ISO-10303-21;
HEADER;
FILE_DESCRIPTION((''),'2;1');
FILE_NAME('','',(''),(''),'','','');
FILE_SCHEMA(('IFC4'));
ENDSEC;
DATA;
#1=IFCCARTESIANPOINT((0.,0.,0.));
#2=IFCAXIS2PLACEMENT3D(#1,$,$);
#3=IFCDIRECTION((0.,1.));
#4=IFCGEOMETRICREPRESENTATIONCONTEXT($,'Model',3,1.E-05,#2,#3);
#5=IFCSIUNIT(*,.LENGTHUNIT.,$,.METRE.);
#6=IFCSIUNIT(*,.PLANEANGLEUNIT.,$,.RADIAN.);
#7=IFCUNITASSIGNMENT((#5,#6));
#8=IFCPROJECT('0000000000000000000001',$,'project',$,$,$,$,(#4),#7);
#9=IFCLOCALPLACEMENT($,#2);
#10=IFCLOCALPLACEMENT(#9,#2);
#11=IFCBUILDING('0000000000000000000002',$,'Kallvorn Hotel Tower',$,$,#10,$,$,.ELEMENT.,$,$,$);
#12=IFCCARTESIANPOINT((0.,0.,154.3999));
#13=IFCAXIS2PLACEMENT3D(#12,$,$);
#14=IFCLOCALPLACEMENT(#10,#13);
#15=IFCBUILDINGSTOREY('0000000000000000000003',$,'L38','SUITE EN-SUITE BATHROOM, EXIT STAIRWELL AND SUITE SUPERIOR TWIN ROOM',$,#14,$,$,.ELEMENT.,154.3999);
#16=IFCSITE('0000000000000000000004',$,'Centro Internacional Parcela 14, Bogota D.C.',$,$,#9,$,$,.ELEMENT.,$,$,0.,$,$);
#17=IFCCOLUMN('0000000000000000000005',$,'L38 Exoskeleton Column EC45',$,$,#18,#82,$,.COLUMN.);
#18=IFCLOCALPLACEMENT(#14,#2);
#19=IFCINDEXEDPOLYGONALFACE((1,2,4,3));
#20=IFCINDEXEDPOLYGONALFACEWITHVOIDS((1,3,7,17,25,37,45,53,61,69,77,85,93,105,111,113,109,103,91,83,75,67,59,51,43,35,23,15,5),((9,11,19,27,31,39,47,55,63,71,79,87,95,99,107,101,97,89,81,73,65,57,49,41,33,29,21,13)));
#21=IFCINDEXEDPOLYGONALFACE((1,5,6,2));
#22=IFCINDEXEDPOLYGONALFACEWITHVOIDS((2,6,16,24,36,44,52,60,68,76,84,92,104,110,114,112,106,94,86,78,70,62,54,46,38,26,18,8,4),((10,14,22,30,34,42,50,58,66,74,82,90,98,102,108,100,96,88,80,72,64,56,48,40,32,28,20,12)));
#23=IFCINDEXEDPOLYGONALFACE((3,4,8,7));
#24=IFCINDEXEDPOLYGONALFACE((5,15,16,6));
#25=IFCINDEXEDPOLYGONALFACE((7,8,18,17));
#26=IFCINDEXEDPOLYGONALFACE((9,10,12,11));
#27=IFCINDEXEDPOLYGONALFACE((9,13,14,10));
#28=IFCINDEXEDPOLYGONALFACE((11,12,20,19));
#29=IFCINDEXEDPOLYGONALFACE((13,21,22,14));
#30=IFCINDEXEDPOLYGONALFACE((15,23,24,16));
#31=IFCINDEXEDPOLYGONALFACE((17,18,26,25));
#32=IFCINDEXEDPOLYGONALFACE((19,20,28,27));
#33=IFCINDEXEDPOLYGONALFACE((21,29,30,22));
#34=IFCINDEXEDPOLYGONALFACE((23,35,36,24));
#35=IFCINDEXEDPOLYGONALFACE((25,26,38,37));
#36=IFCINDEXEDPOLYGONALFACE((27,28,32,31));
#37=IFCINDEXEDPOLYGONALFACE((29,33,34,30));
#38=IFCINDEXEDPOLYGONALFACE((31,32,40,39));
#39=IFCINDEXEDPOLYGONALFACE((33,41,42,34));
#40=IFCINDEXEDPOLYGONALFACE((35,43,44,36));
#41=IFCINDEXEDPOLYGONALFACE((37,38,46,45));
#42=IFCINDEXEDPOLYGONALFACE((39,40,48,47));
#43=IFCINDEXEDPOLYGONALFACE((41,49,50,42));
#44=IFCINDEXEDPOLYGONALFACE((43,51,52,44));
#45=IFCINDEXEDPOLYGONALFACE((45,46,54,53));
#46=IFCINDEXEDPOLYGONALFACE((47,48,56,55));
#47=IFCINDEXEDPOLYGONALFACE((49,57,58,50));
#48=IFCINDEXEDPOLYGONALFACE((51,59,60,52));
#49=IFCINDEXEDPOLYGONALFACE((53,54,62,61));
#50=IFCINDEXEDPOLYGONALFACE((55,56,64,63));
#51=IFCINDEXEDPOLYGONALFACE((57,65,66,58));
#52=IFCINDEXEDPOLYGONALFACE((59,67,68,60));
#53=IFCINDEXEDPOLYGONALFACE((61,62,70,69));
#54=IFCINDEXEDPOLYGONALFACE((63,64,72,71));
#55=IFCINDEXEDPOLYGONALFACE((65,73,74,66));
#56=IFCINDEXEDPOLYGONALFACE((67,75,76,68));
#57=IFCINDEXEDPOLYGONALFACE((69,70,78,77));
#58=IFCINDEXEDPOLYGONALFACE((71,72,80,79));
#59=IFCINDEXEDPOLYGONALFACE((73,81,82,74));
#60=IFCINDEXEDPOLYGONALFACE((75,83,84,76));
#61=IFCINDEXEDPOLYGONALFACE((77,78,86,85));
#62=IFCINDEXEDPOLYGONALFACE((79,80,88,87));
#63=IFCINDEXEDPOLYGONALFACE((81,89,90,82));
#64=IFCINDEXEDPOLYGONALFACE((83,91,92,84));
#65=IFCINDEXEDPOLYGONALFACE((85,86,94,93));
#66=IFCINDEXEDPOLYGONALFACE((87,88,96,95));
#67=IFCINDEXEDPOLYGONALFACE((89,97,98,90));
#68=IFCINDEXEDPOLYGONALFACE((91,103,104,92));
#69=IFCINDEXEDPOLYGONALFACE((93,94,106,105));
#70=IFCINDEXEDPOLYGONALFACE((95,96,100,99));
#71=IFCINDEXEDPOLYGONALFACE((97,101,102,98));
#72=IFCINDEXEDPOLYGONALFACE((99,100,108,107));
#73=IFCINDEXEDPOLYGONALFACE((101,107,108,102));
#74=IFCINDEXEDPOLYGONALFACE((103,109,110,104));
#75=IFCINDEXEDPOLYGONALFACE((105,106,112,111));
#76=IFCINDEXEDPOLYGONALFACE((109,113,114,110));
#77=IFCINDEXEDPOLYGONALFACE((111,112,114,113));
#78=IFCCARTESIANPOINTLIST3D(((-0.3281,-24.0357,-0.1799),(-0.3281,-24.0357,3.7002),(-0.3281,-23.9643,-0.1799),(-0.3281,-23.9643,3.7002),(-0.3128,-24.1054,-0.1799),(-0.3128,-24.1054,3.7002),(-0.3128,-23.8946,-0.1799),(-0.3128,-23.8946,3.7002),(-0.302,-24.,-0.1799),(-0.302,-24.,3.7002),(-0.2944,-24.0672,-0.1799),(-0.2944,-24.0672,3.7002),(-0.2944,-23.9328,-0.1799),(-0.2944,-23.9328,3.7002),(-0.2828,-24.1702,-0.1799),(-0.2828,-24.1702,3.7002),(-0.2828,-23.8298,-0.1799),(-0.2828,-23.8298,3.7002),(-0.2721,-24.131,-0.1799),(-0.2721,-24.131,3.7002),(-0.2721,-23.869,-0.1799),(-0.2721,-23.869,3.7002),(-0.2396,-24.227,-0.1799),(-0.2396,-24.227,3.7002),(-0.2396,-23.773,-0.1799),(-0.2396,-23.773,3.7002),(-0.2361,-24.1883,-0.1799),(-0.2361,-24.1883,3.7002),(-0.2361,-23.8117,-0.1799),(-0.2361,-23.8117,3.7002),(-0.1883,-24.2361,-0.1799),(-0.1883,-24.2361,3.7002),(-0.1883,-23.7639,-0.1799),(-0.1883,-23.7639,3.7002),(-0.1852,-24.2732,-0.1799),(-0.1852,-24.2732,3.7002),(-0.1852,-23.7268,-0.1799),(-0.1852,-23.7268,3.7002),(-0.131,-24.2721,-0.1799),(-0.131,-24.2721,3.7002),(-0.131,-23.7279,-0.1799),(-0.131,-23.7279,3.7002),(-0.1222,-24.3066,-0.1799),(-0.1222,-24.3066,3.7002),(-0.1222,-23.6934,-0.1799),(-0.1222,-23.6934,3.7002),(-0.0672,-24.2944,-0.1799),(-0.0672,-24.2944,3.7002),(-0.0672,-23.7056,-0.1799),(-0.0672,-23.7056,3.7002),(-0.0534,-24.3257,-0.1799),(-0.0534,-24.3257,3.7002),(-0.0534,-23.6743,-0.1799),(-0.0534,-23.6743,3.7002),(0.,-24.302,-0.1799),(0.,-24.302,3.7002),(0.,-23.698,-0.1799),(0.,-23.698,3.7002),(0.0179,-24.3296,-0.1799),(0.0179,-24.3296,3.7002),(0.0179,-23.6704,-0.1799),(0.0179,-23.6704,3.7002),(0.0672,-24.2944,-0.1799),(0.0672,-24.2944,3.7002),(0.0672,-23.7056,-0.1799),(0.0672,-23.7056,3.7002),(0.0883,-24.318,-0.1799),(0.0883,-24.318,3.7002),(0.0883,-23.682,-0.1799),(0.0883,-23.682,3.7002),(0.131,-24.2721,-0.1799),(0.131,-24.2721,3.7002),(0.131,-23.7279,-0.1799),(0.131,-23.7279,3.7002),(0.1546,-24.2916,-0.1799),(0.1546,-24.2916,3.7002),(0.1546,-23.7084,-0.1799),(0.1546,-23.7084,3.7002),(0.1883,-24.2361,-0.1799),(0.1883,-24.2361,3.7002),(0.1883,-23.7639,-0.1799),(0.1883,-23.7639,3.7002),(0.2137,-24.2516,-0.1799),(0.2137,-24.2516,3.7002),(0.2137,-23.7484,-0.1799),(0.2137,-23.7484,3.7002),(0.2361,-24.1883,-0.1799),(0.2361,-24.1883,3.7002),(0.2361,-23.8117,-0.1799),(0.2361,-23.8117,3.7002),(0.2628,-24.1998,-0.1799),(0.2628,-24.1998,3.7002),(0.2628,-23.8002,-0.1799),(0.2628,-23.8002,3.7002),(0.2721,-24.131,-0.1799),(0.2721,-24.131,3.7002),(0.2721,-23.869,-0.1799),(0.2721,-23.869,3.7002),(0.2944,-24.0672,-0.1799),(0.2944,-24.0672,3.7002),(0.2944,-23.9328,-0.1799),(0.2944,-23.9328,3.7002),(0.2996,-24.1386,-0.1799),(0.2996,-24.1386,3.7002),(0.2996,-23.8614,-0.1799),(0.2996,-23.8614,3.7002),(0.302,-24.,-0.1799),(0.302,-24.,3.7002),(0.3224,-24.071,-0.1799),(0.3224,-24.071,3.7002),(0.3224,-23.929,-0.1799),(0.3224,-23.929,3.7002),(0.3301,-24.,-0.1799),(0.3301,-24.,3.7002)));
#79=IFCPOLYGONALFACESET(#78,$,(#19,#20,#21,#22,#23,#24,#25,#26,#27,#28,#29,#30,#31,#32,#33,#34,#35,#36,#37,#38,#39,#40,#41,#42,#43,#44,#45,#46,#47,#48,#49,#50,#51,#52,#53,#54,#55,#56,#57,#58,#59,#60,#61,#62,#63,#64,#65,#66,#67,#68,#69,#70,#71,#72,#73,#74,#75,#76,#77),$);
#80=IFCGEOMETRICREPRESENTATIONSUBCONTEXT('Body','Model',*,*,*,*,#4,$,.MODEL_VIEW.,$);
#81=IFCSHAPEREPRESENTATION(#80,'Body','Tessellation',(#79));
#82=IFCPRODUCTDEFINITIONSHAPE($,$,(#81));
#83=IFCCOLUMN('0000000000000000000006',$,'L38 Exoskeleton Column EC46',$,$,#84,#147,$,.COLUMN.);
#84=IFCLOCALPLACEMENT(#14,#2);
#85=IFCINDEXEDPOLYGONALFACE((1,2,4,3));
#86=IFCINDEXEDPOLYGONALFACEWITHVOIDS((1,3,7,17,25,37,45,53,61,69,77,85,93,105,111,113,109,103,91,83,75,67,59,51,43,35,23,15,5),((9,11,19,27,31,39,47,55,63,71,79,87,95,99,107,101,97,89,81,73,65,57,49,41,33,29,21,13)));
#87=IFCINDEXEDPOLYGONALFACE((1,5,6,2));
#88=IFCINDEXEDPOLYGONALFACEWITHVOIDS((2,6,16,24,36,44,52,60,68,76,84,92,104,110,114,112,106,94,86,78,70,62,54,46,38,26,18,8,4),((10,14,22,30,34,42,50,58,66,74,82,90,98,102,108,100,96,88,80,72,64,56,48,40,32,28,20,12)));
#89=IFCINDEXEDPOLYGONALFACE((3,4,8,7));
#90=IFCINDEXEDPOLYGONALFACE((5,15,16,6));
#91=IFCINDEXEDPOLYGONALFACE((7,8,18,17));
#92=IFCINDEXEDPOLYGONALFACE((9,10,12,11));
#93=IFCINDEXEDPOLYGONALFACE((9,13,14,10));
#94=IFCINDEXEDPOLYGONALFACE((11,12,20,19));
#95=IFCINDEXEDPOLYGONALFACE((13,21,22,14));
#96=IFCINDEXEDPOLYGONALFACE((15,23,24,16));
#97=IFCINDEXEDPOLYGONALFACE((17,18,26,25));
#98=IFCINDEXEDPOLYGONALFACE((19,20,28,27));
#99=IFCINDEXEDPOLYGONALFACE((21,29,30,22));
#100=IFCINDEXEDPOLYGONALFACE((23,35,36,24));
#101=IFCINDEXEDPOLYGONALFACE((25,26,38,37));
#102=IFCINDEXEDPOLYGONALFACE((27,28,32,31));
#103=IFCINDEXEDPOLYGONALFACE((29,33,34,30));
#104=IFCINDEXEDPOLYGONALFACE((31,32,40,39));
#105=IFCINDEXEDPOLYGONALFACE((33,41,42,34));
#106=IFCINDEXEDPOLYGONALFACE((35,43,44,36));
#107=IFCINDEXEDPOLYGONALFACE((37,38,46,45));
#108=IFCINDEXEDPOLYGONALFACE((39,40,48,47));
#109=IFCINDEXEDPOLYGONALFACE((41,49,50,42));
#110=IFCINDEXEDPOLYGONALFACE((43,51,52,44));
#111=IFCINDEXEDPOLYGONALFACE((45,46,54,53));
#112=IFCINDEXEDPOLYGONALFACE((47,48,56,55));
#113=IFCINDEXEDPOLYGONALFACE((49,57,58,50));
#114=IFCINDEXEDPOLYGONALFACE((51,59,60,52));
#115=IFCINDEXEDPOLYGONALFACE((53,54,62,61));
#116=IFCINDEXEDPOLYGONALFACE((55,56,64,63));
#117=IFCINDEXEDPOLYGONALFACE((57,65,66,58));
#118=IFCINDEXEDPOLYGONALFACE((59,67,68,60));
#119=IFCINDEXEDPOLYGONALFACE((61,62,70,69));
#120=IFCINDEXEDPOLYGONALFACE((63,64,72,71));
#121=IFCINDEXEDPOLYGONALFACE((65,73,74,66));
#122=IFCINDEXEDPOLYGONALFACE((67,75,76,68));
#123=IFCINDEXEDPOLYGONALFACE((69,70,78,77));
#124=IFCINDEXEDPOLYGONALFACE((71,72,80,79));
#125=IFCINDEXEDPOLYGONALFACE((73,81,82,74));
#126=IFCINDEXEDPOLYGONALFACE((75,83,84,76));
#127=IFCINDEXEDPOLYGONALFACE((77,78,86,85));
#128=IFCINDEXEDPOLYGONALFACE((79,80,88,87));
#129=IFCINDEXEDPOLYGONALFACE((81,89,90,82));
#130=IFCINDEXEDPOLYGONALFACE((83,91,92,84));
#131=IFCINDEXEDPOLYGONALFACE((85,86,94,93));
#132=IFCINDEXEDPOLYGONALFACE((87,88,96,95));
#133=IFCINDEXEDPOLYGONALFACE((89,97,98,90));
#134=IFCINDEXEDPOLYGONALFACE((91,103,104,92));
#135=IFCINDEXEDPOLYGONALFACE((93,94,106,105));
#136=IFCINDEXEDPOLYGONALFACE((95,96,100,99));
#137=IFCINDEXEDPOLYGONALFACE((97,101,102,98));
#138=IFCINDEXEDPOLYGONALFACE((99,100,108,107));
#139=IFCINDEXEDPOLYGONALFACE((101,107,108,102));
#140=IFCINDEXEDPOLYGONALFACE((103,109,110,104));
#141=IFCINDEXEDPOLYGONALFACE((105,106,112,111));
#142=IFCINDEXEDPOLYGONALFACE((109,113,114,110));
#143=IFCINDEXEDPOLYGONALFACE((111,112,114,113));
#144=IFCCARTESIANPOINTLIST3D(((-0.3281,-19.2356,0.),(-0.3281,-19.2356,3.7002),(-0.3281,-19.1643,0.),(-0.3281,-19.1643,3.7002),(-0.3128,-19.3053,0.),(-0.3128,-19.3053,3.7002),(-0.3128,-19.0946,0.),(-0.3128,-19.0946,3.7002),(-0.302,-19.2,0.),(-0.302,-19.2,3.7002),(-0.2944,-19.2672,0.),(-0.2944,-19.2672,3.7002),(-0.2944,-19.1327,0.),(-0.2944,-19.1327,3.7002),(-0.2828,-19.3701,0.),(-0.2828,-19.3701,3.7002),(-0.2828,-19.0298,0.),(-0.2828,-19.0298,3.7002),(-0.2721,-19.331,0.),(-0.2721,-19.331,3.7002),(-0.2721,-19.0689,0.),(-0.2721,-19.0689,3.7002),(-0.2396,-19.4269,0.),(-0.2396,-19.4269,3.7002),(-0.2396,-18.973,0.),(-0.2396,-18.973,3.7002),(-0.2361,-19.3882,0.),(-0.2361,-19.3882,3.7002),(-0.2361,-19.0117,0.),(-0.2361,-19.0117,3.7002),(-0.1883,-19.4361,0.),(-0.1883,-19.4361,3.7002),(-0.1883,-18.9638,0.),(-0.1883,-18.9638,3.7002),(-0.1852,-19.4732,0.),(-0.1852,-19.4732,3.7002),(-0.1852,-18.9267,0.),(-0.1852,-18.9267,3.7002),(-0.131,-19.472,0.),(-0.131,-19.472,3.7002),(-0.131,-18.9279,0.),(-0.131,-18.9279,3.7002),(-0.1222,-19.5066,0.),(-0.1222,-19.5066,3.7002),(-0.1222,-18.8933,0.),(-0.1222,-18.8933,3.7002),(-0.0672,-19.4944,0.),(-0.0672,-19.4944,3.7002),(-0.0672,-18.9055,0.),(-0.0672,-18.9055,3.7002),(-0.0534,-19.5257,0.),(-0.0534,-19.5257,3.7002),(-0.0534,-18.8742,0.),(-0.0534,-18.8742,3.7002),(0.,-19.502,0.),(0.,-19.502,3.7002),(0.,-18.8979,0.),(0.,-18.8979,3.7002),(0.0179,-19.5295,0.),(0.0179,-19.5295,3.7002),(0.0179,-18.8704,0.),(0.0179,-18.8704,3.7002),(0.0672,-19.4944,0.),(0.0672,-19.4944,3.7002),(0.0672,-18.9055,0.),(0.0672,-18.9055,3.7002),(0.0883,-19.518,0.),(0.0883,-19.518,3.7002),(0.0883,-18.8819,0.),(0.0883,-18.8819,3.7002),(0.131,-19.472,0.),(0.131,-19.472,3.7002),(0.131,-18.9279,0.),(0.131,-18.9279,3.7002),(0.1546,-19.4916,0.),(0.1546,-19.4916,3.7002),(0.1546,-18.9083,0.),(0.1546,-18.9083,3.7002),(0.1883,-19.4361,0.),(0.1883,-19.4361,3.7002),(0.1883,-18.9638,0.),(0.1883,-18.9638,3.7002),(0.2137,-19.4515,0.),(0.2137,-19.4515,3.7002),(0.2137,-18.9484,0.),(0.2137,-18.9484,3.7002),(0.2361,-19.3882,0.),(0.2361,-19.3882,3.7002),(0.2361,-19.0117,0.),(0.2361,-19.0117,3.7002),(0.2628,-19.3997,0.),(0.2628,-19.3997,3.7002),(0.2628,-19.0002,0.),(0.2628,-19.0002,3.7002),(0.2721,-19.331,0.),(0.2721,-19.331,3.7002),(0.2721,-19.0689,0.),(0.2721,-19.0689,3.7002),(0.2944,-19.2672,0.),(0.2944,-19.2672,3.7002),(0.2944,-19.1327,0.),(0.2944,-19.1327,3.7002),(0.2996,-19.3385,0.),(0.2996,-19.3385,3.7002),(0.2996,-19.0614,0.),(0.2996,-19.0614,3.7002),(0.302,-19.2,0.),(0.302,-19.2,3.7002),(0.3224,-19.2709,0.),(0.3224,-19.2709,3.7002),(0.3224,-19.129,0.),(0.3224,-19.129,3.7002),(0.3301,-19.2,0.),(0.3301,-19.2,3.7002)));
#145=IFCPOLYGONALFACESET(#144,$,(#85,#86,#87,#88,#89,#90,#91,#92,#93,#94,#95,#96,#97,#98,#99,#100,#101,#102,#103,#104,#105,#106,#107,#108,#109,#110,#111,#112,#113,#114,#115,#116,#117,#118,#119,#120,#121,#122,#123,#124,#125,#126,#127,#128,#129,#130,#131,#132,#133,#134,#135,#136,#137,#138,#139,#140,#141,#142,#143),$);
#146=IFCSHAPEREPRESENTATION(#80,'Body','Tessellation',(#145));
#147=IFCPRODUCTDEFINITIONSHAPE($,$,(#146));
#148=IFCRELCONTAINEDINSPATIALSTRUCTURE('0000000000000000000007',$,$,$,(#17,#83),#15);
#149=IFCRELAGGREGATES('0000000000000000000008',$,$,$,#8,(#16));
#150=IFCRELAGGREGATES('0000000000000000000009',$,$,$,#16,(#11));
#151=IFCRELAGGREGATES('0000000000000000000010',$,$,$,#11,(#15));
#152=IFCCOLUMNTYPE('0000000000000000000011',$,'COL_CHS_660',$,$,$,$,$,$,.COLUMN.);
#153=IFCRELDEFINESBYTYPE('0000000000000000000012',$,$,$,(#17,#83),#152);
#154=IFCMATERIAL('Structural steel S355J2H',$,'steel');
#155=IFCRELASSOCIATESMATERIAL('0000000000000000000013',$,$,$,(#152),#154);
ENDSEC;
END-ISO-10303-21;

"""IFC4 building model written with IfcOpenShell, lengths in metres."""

from ifc_helpers import new_model, si_unit, direction, frame, origin, origin_2d, place, context, subcontext, project, spatial, hollow_circle, extrude, material, material_profile, profile_set, type_object, element, save


model = new_model("IFC4")

# Units and contexts
model_context = context("Model", 3, precision=1e-05, world=origin(), true_north=direction((0.0, 1.0)))
body_context = subcontext(model_context, "Body", "Model", "MODEL_VIEW")
ifc_project = project(units=[si_unit("LENGTHUNIT", "METRE"), si_unit("PLANEANGLEUNIT", "RADIAN")], contexts=[model_context])

# Site, building, storey
site_placement = place(None, origin())
site = spatial("IfcSite", under=ifc_project, at=site_placement, Name="Centro Internacional Parcela 14, Bogota D.C.", CompositionType="ELEMENT", RefElevation=0.0)
building_placement = place(site_placement, origin())
building = spatial("IfcBuilding", under=site, at=building_placement, Name="Kallvorn Hotel Tower", CompositionType="ELEMENT")
storey_placement = place(building_placement, frame((0.0, 0.0, 154.3999)))
storey = spatial("IfcBuildingStorey", under=building, at=storey_placement, Name="L38", Description="SUITE EN-SUITE BATHROOM, EXIT STAIRWELL AND SUITE SUPERIOR TWIN ROOM", CompositionType="ELEMENT", Elevation=154.3999)

# Columns
ifc_material_1 = material(Name="Structural steel S355J2H", Category="steel")
ifc_material_profile_1 = material_profile(ifc_material_1, hollow_circle(Radius=0.3301, WallThickness=0.0281, at=origin_2d()), Name="CHS 660x28")
ifc_profile_set_1 = profile_set([ifc_material_profile_1], Name="Structural steel S355J2H")
column_type = type_object("IfcColumnType", Name="COL_CHS_660", PredefinedType="COLUMN", material=ifc_profile_set_1)
column_1_placement = place(storey_placement, frame((0.0, -24.0, -0.1799), z_axis=(0.0, 0.0, 1.0), x_axis=(1.0, 0.0, 0.0)))
element("IfcColumn", 1, at=column_1_placement, inside=storey, type_object=column_type, Name="L38 Exoskeleton Column EC45", PredefinedType="COLUMN", context=body_context, shape_type="SweptSolid", body=[
    extrude(hollow_circle(Radius=0.3301, WallThickness=0.0281, at=origin_2d()), origin(), (0.0, 0.0, 1.0), 3.8801),
])
column_2_placement = place(storey_placement, frame((0.0, -19.2, 0.0), z_axis=(0.0, 0.0, 1.0), x_axis=(1.0, 0.0, 0.0)))
element("IfcColumn", 2, at=column_2_placement, inside=storey, type_object=column_type, Name="L38 Exoskeleton Column EC46", PredefinedType="COLUMN", context=body_context, shape_type="SweptSolid", body=[
    extrude(hollow_circle(Radius=0.3301, WallThickness=0.0281, at=origin_2d()), origin(), (0.0, 0.0, 1.0), 3.7002),
])

save(model, "model.ifc")
